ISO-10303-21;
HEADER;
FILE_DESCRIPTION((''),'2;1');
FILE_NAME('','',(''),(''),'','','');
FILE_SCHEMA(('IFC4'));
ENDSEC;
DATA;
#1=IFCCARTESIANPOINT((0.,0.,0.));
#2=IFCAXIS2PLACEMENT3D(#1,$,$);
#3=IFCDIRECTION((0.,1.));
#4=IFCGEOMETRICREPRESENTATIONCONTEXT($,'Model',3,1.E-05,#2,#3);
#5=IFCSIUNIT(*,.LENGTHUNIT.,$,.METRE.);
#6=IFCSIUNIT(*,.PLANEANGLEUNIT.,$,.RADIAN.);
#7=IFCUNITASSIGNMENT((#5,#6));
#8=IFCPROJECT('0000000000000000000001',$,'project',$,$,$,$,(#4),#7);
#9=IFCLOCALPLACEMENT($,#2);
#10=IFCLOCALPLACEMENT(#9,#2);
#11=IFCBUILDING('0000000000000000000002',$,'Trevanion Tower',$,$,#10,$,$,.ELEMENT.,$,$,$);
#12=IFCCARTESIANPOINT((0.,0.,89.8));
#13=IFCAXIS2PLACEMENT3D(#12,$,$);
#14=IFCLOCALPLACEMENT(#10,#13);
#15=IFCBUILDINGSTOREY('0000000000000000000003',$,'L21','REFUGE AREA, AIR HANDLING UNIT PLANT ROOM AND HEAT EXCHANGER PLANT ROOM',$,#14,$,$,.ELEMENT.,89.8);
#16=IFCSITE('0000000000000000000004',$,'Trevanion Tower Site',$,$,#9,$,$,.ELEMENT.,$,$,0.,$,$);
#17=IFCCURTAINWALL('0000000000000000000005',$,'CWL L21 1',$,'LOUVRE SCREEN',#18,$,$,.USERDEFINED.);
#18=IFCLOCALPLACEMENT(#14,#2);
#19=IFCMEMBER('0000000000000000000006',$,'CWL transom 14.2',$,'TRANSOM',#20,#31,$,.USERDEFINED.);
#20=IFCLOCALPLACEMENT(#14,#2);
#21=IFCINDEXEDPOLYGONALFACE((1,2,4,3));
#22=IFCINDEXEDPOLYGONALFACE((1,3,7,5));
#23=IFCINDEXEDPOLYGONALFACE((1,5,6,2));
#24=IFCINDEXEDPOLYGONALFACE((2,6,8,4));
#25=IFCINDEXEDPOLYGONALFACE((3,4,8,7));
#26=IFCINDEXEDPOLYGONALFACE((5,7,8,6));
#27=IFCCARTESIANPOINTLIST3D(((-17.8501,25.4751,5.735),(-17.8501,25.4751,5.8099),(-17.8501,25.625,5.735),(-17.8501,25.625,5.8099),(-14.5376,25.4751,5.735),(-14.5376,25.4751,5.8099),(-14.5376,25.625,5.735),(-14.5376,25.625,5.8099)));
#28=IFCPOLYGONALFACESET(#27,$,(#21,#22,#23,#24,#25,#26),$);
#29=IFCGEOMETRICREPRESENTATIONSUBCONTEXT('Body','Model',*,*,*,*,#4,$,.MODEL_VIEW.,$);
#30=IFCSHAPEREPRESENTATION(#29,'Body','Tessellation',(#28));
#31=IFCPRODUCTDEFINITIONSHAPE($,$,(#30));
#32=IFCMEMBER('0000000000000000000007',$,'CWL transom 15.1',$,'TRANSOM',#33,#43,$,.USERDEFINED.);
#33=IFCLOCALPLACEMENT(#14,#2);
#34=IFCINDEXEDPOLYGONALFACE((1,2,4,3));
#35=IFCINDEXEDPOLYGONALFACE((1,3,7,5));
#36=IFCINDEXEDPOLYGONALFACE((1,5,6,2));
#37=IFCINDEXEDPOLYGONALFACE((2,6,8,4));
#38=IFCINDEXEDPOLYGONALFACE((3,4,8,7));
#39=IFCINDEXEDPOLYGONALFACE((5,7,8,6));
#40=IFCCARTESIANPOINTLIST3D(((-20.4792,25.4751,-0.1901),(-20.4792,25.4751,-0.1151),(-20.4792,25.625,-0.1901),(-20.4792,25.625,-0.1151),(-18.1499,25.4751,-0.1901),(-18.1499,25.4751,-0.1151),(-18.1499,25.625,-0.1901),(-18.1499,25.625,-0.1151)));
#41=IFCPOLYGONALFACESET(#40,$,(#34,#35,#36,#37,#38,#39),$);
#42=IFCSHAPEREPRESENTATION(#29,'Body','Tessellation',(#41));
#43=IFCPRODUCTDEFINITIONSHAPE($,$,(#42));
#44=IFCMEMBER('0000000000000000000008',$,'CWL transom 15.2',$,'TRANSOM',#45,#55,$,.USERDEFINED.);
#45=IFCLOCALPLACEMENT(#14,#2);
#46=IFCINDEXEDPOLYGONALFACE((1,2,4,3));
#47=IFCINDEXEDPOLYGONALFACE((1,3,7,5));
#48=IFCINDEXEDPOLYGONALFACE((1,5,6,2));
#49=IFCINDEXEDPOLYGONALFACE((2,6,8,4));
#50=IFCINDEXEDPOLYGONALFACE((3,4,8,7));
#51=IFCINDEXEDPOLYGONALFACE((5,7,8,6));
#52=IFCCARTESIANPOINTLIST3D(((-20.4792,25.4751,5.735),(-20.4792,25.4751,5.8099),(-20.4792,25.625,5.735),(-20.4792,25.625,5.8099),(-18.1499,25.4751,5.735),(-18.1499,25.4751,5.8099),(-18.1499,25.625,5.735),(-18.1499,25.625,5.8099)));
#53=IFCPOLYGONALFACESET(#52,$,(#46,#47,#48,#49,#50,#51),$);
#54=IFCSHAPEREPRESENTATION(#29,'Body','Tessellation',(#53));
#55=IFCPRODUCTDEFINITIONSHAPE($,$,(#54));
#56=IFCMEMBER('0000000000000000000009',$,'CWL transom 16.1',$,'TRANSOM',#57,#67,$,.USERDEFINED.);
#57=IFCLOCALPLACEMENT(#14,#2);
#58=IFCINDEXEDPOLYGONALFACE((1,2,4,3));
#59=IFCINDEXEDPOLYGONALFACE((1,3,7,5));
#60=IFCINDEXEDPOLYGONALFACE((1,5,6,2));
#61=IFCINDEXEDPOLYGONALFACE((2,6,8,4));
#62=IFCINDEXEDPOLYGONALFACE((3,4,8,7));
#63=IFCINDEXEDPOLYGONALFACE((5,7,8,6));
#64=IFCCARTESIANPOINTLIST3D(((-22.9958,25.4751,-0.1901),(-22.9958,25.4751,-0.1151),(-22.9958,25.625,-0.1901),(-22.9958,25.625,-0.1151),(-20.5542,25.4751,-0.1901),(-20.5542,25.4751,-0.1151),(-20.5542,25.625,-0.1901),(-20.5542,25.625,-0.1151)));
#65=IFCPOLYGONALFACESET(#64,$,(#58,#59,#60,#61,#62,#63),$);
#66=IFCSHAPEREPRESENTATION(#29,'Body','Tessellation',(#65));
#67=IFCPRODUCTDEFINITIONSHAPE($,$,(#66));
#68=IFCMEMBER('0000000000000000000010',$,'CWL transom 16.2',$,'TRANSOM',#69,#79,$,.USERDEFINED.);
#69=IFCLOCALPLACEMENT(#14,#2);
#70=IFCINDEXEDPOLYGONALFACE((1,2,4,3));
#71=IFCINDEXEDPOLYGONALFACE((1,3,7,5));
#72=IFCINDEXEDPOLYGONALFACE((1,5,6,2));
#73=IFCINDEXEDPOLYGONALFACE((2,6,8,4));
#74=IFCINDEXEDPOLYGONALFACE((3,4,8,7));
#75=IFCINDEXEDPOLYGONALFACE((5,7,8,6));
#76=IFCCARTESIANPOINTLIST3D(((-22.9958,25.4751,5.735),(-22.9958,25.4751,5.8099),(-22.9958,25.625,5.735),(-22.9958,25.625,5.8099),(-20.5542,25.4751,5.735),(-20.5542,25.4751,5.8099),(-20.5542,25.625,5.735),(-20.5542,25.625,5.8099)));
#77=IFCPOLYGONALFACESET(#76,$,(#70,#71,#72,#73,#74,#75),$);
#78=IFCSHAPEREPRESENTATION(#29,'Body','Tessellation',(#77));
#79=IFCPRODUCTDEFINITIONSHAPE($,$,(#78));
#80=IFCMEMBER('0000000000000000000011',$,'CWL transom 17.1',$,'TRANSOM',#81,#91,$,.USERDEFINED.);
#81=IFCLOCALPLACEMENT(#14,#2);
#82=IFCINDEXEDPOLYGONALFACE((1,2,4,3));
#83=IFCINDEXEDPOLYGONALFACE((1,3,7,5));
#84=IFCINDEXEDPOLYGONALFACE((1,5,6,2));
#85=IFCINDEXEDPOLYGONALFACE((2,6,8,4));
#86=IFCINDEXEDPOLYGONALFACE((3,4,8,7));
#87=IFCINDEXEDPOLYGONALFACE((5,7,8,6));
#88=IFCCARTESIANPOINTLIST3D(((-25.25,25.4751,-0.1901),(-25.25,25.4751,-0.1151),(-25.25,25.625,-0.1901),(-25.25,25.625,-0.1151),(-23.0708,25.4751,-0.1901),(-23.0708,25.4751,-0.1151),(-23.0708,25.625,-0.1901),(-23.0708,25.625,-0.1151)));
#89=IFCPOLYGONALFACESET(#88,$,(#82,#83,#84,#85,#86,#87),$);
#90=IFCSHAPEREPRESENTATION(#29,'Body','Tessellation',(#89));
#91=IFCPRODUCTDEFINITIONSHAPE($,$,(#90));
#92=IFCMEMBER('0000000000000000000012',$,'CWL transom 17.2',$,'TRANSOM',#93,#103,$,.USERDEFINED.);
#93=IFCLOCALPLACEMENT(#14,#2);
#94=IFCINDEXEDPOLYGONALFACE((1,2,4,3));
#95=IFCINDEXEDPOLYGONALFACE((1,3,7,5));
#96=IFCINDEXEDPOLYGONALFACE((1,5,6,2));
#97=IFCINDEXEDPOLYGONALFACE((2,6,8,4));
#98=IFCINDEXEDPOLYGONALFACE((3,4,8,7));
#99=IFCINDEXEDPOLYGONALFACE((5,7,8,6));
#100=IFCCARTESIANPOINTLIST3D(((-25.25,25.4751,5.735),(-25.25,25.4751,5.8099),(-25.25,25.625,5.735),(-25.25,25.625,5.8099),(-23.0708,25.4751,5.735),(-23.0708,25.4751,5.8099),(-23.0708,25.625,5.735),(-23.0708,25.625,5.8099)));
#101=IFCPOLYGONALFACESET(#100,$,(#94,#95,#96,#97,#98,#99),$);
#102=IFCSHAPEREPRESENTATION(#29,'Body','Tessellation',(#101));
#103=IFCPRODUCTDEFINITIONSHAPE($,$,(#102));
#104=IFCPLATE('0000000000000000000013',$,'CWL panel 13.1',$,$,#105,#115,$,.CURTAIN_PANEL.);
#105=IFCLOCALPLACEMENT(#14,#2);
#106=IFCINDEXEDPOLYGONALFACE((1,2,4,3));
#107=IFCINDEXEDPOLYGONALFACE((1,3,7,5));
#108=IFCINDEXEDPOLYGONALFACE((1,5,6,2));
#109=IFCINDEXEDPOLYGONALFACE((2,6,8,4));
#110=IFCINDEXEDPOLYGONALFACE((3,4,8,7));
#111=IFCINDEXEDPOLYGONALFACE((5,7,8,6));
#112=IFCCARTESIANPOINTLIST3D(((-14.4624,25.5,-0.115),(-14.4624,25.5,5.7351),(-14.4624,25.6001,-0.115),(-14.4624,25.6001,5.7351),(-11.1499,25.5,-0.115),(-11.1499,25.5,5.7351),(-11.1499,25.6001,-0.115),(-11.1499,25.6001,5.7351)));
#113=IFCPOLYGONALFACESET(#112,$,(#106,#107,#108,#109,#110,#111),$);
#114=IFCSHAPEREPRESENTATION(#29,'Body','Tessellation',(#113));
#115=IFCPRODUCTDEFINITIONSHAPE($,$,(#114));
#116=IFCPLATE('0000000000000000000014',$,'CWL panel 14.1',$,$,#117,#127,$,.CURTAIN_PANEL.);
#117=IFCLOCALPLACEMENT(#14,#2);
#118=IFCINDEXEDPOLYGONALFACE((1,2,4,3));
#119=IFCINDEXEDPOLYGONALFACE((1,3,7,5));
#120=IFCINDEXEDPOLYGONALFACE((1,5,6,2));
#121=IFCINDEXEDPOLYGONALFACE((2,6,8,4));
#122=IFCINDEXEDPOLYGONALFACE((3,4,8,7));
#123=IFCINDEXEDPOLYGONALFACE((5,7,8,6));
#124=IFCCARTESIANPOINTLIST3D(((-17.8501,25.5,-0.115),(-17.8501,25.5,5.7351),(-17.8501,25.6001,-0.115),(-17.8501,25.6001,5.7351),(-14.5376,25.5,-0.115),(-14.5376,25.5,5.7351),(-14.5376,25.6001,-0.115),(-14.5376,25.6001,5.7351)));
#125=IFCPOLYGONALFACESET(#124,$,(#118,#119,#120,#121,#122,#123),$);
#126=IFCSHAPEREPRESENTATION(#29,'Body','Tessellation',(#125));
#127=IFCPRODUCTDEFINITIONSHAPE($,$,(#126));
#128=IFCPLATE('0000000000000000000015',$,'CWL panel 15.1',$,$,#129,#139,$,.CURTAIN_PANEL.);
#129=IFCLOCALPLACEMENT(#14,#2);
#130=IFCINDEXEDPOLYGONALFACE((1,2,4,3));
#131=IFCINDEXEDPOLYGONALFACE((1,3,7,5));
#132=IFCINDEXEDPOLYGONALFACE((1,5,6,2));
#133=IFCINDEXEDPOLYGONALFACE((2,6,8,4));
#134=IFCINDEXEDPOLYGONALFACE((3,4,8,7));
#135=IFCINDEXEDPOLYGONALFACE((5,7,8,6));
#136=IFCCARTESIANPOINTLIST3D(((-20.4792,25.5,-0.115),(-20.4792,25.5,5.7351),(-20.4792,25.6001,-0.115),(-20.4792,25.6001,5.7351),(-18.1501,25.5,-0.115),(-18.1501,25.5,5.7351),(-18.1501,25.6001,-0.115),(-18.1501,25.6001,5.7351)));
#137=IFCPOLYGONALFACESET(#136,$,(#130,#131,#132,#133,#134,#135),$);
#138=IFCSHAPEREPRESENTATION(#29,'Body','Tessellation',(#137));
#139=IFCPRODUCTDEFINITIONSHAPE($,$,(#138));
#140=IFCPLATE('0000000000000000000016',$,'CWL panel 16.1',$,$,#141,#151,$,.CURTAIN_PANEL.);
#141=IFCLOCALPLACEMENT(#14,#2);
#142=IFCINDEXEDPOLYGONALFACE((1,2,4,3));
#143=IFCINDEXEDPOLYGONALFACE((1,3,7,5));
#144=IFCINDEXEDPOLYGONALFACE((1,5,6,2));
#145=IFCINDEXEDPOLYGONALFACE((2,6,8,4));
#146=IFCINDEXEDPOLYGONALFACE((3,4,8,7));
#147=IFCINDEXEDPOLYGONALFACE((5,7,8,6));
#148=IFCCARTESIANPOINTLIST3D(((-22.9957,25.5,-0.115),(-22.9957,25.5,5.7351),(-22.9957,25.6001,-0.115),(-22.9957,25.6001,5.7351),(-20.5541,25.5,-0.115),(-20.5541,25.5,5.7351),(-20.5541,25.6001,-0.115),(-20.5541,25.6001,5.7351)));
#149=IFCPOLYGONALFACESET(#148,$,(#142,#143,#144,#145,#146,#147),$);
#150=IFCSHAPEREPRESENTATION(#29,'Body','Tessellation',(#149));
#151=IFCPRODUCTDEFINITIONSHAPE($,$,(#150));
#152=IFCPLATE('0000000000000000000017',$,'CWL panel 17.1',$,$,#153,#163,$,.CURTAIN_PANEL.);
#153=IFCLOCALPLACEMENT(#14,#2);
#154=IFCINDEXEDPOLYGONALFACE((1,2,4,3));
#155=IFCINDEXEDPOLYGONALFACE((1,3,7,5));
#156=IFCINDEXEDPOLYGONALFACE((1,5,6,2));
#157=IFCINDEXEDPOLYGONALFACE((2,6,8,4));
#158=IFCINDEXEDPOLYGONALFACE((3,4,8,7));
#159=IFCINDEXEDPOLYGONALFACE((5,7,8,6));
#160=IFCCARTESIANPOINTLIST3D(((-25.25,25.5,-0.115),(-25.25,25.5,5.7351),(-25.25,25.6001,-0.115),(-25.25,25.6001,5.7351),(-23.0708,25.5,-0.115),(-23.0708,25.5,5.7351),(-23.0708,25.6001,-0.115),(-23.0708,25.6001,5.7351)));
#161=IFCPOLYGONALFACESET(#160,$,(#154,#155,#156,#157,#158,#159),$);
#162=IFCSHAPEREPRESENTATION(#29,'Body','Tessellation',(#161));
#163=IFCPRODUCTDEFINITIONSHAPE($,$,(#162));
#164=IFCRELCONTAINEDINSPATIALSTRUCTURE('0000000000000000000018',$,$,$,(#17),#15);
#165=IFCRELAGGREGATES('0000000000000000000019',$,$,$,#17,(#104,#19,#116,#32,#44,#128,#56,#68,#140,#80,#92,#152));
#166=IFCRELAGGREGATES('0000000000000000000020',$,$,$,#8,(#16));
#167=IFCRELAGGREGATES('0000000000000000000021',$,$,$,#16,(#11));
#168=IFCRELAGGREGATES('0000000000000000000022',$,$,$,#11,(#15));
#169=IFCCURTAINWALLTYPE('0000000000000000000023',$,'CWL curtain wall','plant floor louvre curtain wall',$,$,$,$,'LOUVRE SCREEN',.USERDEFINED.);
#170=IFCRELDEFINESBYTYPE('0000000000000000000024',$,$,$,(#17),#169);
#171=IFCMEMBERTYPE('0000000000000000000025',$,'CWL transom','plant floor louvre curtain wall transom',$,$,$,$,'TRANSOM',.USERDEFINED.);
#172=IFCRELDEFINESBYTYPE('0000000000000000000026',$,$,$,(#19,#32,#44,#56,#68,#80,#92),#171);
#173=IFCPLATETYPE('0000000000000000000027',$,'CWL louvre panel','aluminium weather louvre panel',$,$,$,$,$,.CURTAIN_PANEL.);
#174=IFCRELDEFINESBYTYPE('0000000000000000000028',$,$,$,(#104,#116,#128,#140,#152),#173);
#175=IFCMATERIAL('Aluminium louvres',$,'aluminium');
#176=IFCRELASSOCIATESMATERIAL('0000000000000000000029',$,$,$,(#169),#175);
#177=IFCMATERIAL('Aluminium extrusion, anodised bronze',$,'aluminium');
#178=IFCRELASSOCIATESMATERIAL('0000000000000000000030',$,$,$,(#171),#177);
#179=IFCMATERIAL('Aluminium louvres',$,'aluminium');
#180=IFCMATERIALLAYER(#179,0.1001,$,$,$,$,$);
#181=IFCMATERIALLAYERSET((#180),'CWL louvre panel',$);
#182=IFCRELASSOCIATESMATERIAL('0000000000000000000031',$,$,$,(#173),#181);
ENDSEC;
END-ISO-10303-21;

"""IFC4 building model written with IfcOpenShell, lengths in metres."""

from ifc_helpers import new_model, si_unit, direction, frame, origin, origin_2d, place, context, subcontext, project, spatial, rectangle, extrude, material, layer, layer_set, material_profile, profile_set, type_object, element, aggregate, save


model = new_model("IFC4")

# Units and contexts
model_context = context("Model", 3, precision=1e-05, world=origin(), true_north=direction((0.0, 1.0)))
body_context = subcontext(model_context, "Body", "Model", "MODEL_VIEW")
ifc_project = project(units=[si_unit("LENGTHUNIT", "METRE"), si_unit("PLANEANGLEUNIT", "RADIAN")], contexts=[model_context])

# Site, building, storey
site_placement = place(None, origin())
site = spatial("IfcSite", under=ifc_project, at=site_placement, Name="Trevanion Tower Site", CompositionType="ELEMENT", RefElevation=0.0)
building_placement = place(site_placement, origin())
building = spatial("IfcBuilding", under=site, at=building_placement, Name="Trevanion Tower", CompositionType="ELEMENT")
storey_placement = place(building_placement, frame((0.0, 0.0, 89.8)))
storey = spatial("IfcBuildingStorey", under=building, at=storey_placement, Name="L21", Description="REFUGE AREA, AIR HANDLING UNIT PLANT ROOM AND HEAT EXCHANGER PLANT ROOM", CompositionType="ELEMENT", Elevation=89.8)

# Curtain wall, members, plates
ifc_material_1 = material(Name="Aluminium louvres", Category="aluminium")
curtain_wall_type = type_object("IfcCurtainWallType", Name="CWL curtain wall", Description="plant floor louvre curtain wall", ElementType="LOUVRE SCREEN", PredefinedType="USERDEFINED", material=ifc_material_1)
curtain_wall_placement = place(storey_placement, origin())
curtain_wall = element("IfcCurtainWall", 1, at=curtain_wall_placement, inside=storey, type_object=curtain_wall_type, Name="CWL L21 1", ObjectType="LOUVRE SCREEN", PredefinedType="USERDEFINED")
ifc_material_2 = material(Name="Aluminium extrusion, anodised bronze", Category="aluminium")
ifc_material_profile_1 = material_profile(ifc_material_2, rectangle(XDim=0.1499, YDim=0.075, at=origin_2d()), Name="CWL transom")
ifc_profile_set_1 = profile_set([ifc_material_profile_1], Name="Aluminium extrusion, anodised bronze")
member_type_1 = type_object("IfcMemberType", Name="CWL transom", Description="plant floor louvre curtain wall transom", ElementType="TRANSOM", PredefinedType="USERDEFINED", material=ifc_profile_set_1)
member_1_placement = place(storey_placement, frame((-14.5376, 25.55, 5.7725), z_axis=(-1.0, 0.0, 0.0), x_axis=(0.0, -1.0, 0.0)))
member_1 = element("IfcMember", 2, at=member_1_placement, type_object=member_type_1, Name="CWL transom 14.2", ObjectType="TRANSOM", PredefinedType="USERDEFINED", context=body_context, shape_type="SweptSolid", body=[
    extrude(rectangle(XDim=0.1499, YDim=0.075, at=origin_2d()), origin(), (0.0, 0.0, 1.0), 3.3125),
])
member_2_placement = place(storey_placement, frame((-18.1499, 25.55, -0.1526), z_axis=(-1.0, 0.0, 0.0), x_axis=(0.0, -1.0, 0.0)))
member_2 = element("IfcMember", 3, at=member_2_placement, type_object=member_type_1, Name="CWL transom 15.1", ObjectType="TRANSOM", PredefinedType="USERDEFINED", context=body_context, shape_type="SweptSolid", body=[
    extrude(rectangle(XDim=0.1499, YDim=0.075, at=origin_2d()), origin(), (0.0, 0.0, 1.0), 2.3293),
])
member_3_placement = place(storey_placement, frame((-18.1499, 25.55, 5.7725), z_axis=(-1.0, 0.0, 0.0), x_axis=(0.0, -1.0, 0.0)))
member_3 = element("IfcMember", 4, at=member_3_placement, type_object=member_type_1, Name="CWL transom 15.2", ObjectType="TRANSOM", PredefinedType="USERDEFINED", context=body_context, shape_type="SweptSolid", body=[
    extrude(rectangle(XDim=0.1499, YDim=0.075, at=origin_2d()), origin(), (0.0, 0.0, 1.0), 2.3293),
])
member_4_placement = place(storey_placement, frame((-20.5542, 25.55, -0.1526), z_axis=(-1.0, 0.0, 0.0), x_axis=(0.0, -1.0, 0.0)))
member_4 = element("IfcMember", 5, at=member_4_placement, type_object=member_type_1, Name="CWL transom 16.1", ObjectType="TRANSOM", PredefinedType="USERDEFINED", context=body_context, shape_type="SweptSolid", body=[
    extrude(rectangle(XDim=0.1499, YDim=0.075, at=origin_2d()), origin(), (0.0, 0.0, 1.0), 2.4417),
])
member_5_placement = place(storey_placement, frame((-20.5542, 25.55, 5.7725), z_axis=(-1.0, 0.0, 0.0), x_axis=(0.0, -1.0, 0.0)))
member_5 = element("IfcMember", 6, at=member_5_placement, type_object=member_type_1, Name="CWL transom 16.2", ObjectType="TRANSOM", PredefinedType="USERDEFINED", context=body_context, shape_type="SweptSolid", body=[
    extrude(rectangle(XDim=0.1499, YDim=0.075, at=origin_2d()), origin(), (0.0, 0.0, 1.0), 2.4417),
])
member_6_placement = place(storey_placement, frame((-23.0708, 25.55, -0.1526), z_axis=(-1.0, 0.0, 0.0), x_axis=(0.0, -1.0, 0.0)))
member_6 = element("IfcMember", 7, at=member_6_placement, type_object=member_type_1, Name="CWL transom 17.1", ObjectType="TRANSOM", PredefinedType="USERDEFINED", context=body_context, shape_type="SweptSolid", body=[
    extrude(rectangle(XDim=0.1499, YDim=0.075, at=origin_2d()), origin(), (0.0, 0.0, 1.0), 2.1792),
])
member_7_placement = place(storey_placement, frame((-23.0708, 25.55, 5.7725), z_axis=(-1.0, 0.0, 0.0), x_axis=(0.0, -1.0, 0.0)))
member_7 = element("IfcMember", 8, at=member_7_placement, type_object=member_type_1, Name="CWL transom 17.2", ObjectType="TRANSOM", PredefinedType="USERDEFINED", context=body_context, shape_type="SweptSolid", body=[
    extrude(rectangle(XDim=0.1499, YDim=0.075, at=origin_2d()), origin(), (0.0, 0.0, 1.0), 2.1792),
])
ifc_material_3 = material(Name="Aluminium louvres", Category="aluminium")
ifc_layer = layer(ifc_material_3, 0.1001)
ifc_layer_set = layer_set([ifc_layer], Name="CWL louvre panel")
plate_type = type_object("IfcPlateType", Name="CWL louvre panel", Description="aluminium weather louvre panel", PredefinedType="CURTAIN_PANEL", material=ifc_layer_set)
plate_1_placement = place(storey_placement, frame((-12.8062, 25.55, -0.115), z_axis=(0.0, 0.0, 1.0), x_axis=(-1.0, 0.0, 0.0)))
plate_1 = element("IfcPlate", 9, at=plate_1_placement, type_object=plate_type, Name="CWL panel 13.1", PredefinedType="CURTAIN_PANEL", context=body_context, shape_type="SweptSolid", body=[
    extrude(rectangle(XDim=3.3125, YDim=0.1001, at=origin_2d()), origin(), (0.0, 0.0, 1.0), 5.8501),
])
plate_2_placement = place(storey_placement, frame((-16.1938, 25.55, -0.115), z_axis=(0.0, 0.0, 1.0), x_axis=(-1.0, 0.0, 0.0)))
plate_2 = element("IfcPlate", 10, at=plate_2_placement, type_object=plate_type, Name="CWL panel 14.1", PredefinedType="CURTAIN_PANEL", context=body_context, shape_type="SweptSolid", body=[
    extrude(rectangle(XDim=3.3125, YDim=0.1001, at=origin_2d()), origin(), (0.0, 0.0, 1.0), 5.8501),
])
plate_3_placement = place(storey_placement, frame((-19.3147, 25.55, -0.115), z_axis=(0.0, 0.0, 1.0), x_axis=(-1.0, 0.0, 0.0)))
plate_3 = element("IfcPlate", 11, at=plate_3_placement, type_object=plate_type, Name="CWL panel 15.1", PredefinedType="CURTAIN_PANEL", context=body_context, shape_type="SweptSolid", body=[
    extrude(rectangle(XDim=2.3291, YDim=0.1001, at=origin_2d()), origin(), (0.0, 0.0, 1.0), 5.8501),
])
plate_4_placement = place(storey_placement, frame((-21.7749, 25.55, -0.115), z_axis=(0.0, 0.0, 1.0), x_axis=(-1.0, 0.0, 0.0)))
plate_4 = element("IfcPlate", 12, at=plate_4_placement, type_object=plate_type, Name="CWL panel 16.1", PredefinedType="CURTAIN_PANEL", context=body_context, shape_type="SweptSolid", body=[
    extrude(rectangle(XDim=2.4417, YDim=0.1001, at=origin_2d()), origin(), (0.0, 0.0, 1.0), 5.8501),
])
plate_5_placement = place(storey_placement, frame((-24.1604, 25.55, -0.115), z_axis=(0.0, 0.0, 1.0), x_axis=(-1.0, 0.0, 0.0)))
plate_5 = element("IfcPlate", 13, at=plate_5_placement, type_object=plate_type, Name="CWL panel 17.1", PredefinedType="CURTAIN_PANEL", context=body_context, shape_type="SweptSolid", body=[
    extrude(rectangle(XDim=2.1792, YDim=0.1001, at=origin_2d()), origin(), (0.0, 0.0, 1.0), 5.8501),
])
aggregate(curtain_wall, [plate_1, member_1, plate_2, member_2, member_3, plate_3, member_4, member_5, plate_4, member_6, member_7, plate_5])

save(model, "model.ifc")
